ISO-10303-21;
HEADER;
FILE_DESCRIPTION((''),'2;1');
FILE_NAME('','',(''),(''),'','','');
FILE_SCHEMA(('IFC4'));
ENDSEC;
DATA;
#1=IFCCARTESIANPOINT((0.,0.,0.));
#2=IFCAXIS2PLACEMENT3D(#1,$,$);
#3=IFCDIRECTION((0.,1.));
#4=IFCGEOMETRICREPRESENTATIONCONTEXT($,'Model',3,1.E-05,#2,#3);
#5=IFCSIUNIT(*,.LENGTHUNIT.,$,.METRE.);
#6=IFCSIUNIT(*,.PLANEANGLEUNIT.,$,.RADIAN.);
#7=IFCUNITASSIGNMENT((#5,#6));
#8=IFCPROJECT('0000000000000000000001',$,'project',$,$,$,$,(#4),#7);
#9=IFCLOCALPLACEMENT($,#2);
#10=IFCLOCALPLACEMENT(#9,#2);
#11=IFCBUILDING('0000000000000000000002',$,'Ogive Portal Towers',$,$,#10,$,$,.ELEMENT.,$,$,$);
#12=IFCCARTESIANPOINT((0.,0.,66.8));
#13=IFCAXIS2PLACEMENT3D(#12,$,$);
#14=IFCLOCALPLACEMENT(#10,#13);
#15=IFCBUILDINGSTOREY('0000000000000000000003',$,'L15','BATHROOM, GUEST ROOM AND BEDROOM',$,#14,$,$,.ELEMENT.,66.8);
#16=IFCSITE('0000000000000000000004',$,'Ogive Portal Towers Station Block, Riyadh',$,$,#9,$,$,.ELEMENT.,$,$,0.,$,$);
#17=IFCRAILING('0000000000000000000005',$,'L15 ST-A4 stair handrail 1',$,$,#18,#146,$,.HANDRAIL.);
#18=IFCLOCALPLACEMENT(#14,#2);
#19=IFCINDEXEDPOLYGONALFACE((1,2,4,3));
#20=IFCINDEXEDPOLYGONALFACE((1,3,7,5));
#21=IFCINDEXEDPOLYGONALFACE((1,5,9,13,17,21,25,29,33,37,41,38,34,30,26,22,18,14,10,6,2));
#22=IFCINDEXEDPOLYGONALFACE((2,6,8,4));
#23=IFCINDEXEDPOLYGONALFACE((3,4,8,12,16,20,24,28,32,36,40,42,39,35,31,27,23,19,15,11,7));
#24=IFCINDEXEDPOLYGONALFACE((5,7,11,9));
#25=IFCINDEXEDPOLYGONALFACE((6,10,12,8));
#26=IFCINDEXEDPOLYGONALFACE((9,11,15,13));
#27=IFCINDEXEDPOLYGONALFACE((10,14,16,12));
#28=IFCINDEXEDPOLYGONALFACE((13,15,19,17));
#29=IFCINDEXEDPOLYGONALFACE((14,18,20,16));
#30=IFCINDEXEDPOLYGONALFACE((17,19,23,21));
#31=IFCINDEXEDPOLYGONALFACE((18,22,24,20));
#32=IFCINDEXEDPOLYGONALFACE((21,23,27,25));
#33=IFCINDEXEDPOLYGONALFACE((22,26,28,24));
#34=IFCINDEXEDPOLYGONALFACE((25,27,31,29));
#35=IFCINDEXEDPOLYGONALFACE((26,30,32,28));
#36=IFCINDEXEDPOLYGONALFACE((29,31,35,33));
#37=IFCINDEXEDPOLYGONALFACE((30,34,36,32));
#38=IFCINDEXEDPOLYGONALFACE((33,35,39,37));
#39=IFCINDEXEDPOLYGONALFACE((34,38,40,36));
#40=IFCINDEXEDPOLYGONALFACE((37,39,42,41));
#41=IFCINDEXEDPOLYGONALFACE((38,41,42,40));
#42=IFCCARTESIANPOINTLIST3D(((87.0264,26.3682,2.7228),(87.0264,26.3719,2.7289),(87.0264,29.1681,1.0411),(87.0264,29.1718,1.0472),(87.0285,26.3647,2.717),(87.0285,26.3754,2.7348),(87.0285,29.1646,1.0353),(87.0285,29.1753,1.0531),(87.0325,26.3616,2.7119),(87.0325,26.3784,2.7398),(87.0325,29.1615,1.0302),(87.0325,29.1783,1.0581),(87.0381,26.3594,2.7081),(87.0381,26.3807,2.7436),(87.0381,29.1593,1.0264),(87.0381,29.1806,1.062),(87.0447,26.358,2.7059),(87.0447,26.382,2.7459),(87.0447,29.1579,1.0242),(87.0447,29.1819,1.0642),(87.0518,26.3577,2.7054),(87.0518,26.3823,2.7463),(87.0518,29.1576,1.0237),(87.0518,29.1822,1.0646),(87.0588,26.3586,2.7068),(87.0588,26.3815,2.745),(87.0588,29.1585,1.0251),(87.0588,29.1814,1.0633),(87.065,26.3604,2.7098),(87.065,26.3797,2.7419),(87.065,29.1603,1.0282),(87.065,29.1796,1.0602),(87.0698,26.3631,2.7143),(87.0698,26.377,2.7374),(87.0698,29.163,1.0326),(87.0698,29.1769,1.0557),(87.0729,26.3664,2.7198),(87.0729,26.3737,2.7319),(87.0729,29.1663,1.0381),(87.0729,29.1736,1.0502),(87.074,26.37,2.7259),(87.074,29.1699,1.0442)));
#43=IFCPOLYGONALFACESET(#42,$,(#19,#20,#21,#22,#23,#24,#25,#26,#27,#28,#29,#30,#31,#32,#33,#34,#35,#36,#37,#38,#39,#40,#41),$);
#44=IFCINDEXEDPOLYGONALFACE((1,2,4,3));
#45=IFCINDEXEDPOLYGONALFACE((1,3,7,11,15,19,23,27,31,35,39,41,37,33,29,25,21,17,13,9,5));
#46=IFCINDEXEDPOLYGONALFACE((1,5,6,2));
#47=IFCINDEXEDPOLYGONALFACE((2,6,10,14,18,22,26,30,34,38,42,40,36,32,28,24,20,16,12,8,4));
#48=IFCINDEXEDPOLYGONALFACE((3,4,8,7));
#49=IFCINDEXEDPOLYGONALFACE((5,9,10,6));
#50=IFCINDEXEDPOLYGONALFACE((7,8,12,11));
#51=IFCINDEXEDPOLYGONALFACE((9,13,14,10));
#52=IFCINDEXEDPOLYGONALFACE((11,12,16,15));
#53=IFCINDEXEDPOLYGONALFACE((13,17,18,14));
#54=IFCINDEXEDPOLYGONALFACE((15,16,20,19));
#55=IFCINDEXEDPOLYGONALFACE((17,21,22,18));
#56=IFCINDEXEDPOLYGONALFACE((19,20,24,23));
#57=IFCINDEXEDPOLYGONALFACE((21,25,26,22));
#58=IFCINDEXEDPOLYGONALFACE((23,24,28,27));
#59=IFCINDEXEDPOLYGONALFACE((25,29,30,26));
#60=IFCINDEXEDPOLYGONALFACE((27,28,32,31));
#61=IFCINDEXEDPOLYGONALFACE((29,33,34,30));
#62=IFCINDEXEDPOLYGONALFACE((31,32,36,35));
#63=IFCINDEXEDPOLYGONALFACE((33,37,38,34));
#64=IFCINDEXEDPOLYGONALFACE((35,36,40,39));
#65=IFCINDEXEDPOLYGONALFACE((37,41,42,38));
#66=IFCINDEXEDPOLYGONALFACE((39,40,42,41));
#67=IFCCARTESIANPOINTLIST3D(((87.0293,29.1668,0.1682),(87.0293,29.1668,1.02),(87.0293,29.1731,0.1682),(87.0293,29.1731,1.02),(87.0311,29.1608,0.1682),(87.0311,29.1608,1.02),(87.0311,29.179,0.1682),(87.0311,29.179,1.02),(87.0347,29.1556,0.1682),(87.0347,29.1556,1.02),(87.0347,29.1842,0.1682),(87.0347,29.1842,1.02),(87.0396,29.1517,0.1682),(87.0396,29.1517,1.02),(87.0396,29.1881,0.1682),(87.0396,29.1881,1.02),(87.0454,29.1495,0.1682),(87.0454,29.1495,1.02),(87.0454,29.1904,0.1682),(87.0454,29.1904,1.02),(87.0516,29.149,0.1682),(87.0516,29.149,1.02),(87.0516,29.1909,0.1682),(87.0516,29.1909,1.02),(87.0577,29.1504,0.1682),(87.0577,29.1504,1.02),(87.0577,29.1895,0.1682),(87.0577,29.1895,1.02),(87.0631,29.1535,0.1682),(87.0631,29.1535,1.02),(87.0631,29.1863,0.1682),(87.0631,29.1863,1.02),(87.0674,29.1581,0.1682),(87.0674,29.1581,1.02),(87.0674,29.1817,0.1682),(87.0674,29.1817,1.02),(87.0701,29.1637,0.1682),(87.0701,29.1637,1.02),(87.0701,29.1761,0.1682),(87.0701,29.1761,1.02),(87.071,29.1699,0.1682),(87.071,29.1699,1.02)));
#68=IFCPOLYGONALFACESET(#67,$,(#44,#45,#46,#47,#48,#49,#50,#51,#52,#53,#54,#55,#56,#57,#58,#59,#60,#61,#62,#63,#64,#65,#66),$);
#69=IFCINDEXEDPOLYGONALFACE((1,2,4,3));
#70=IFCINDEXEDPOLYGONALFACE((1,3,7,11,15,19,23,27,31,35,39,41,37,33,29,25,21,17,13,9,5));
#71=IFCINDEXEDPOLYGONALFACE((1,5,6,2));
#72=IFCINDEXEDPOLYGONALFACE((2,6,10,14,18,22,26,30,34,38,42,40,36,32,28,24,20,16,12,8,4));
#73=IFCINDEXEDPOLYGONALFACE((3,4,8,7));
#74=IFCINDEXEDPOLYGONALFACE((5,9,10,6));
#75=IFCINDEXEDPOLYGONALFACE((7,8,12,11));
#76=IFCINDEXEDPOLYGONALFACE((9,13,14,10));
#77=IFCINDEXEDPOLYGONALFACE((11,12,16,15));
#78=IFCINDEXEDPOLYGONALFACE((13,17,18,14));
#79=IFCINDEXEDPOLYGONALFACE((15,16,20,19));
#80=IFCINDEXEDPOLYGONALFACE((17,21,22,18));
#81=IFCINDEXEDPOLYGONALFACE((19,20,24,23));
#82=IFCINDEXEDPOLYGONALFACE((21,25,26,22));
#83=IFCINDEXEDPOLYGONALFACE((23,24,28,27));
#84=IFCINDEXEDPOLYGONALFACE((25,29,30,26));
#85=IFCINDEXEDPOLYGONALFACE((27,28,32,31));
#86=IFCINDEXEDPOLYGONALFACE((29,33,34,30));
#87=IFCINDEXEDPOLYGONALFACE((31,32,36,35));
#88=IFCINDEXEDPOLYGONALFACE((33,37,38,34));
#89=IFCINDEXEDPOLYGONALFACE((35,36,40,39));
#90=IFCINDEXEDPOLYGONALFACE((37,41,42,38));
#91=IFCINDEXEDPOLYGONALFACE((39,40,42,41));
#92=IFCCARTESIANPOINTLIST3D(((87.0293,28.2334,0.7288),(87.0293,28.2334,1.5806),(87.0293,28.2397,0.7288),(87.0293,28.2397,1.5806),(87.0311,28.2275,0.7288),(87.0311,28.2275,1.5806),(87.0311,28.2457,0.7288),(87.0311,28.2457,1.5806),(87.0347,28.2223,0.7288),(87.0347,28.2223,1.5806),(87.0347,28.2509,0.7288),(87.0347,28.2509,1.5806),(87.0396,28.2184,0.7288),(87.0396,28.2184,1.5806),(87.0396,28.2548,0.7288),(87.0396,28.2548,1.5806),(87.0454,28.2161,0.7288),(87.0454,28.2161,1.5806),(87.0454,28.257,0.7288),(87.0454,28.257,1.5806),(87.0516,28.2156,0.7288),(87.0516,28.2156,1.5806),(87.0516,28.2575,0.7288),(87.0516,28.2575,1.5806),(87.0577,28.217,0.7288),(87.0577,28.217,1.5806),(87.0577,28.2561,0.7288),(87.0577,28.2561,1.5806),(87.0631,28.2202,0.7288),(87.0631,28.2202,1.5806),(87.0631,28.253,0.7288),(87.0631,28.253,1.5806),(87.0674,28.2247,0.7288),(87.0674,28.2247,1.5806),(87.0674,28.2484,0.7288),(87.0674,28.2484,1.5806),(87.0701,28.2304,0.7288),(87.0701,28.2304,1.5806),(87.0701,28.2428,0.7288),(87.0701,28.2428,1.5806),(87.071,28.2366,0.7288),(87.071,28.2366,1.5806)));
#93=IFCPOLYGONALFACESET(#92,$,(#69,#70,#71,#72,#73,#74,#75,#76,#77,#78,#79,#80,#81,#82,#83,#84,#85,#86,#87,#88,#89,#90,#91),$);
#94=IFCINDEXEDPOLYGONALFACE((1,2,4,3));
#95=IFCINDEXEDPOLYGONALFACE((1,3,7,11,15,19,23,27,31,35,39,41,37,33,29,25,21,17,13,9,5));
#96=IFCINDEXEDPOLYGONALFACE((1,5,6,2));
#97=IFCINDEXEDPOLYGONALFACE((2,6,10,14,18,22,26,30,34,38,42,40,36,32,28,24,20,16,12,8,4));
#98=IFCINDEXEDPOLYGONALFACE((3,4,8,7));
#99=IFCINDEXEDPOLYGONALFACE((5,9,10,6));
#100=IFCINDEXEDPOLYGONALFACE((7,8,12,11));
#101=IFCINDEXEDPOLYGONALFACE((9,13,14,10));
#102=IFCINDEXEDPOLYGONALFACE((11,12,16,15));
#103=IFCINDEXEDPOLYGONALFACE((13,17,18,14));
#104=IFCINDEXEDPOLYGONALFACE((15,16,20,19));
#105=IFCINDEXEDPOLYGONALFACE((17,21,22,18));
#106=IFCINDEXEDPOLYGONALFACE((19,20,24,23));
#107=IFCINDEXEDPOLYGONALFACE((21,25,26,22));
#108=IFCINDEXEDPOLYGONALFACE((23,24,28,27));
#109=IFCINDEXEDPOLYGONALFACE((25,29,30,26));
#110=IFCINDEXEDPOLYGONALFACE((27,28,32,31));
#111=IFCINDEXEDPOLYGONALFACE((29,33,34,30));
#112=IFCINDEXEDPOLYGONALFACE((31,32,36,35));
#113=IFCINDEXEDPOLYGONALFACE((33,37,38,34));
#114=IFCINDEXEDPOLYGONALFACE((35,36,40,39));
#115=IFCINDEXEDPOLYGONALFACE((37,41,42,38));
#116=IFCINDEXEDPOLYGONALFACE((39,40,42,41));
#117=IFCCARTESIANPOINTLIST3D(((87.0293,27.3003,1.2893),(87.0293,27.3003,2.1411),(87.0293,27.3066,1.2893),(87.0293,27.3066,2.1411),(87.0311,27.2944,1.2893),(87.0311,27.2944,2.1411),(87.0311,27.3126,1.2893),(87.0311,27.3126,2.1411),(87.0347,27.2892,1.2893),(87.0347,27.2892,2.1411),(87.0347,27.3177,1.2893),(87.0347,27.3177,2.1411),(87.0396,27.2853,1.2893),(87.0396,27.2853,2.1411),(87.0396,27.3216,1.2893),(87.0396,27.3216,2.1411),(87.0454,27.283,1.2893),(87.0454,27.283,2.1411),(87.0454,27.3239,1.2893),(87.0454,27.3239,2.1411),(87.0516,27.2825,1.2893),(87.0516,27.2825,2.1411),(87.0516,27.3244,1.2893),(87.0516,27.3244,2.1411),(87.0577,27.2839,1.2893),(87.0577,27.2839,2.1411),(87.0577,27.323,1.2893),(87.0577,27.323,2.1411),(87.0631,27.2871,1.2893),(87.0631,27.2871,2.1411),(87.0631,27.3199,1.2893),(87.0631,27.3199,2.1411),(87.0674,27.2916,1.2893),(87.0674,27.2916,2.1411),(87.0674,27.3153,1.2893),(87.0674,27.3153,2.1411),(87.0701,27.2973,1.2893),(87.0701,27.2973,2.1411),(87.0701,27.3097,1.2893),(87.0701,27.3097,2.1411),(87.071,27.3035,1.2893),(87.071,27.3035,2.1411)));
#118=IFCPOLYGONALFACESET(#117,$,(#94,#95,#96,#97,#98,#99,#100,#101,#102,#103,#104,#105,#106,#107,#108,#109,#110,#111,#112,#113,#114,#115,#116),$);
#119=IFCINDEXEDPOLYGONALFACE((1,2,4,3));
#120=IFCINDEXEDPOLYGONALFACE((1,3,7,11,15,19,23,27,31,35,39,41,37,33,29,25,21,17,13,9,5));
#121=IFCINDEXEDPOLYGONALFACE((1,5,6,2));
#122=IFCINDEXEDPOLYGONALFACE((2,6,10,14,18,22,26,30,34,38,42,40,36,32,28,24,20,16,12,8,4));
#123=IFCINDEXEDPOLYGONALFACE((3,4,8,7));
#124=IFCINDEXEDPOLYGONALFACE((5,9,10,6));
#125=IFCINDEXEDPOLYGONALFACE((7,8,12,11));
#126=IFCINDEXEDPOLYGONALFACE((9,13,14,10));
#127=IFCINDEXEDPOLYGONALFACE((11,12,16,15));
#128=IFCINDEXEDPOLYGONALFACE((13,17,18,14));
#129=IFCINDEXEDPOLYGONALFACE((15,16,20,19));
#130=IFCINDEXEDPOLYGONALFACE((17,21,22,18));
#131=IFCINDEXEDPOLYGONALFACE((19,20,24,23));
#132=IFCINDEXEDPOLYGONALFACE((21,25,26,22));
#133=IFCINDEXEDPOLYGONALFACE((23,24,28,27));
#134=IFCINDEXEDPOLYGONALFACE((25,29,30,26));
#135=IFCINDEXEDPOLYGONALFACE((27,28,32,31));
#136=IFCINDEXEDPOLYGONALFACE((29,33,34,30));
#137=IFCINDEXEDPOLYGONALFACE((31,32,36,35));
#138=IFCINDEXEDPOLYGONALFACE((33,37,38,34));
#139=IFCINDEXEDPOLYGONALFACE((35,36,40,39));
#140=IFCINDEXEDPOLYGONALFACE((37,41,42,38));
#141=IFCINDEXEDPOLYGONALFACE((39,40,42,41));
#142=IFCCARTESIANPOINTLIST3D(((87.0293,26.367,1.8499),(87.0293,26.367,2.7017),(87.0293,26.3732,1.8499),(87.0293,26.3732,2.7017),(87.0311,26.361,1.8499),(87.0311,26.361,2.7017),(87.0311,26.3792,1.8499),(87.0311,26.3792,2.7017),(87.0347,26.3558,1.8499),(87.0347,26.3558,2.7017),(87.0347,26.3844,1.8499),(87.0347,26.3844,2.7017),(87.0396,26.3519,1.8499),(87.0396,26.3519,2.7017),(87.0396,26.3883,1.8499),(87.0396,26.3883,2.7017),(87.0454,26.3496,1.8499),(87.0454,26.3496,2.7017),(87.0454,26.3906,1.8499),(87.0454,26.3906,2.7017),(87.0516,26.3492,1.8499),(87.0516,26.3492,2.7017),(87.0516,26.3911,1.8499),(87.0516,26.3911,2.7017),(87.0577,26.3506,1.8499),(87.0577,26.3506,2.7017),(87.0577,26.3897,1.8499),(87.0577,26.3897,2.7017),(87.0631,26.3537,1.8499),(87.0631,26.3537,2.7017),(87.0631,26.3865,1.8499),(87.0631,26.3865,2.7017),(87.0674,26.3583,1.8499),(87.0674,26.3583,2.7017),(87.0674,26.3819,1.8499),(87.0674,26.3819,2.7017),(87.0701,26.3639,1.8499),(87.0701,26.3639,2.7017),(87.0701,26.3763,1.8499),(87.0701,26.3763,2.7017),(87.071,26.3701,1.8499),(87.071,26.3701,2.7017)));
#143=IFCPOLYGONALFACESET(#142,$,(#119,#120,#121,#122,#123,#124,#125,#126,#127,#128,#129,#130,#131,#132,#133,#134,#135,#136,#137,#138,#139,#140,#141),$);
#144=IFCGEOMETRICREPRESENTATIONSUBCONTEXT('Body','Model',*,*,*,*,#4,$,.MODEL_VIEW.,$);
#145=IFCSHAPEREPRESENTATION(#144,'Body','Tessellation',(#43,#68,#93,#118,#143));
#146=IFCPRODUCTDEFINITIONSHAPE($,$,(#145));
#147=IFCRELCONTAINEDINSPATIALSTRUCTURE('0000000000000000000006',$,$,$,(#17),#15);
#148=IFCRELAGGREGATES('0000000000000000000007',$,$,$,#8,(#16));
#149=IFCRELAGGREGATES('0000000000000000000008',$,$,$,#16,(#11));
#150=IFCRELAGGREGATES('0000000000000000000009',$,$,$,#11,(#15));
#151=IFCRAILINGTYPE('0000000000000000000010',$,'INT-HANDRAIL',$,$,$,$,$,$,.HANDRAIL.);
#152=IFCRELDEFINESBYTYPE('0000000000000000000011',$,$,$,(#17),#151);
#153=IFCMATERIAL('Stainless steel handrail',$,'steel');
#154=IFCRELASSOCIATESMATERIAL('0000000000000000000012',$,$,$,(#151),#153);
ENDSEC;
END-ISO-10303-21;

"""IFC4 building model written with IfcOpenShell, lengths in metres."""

from ifc_helpers import new_model, si_unit, direction, frame, origin, origin_2d, place, context, subcontext, project, spatial, circle, extrude, material, type_object, element, save


model = new_model("IFC4")

# Units and contexts
model_context = context("Model", 3, precision=1e-05, world=origin(), true_north=direction((0.0, 1.0)))
body_context = subcontext(model_context, "Body", "Model", "MODEL_VIEW")
ifc_project = project(units=[si_unit("LENGTHUNIT", "METRE"), si_unit("PLANEANGLEUNIT", "RADIAN")], contexts=[model_context])

# Site, building, storey
site_placement = place(None, origin())
site = spatial("IfcSite", under=ifc_project, at=site_placement, Name="Ogive Portal Towers Station Block, Riyadh", CompositionType="ELEMENT", RefElevation=0.0)
building_placement = place(site_placement, origin())
building = spatial("IfcBuilding", under=site, at=building_placement, Name="Ogive Portal Towers", CompositionType="ELEMENT")
storey_placement = place(building_placement, frame((0.0, 0.0, 66.8)))
storey = spatial("IfcBuildingStorey", under=building, at=storey_placement, Name="L15", Description="BATHROOM, GUEST ROOM AND BEDROOM", CompositionType="ELEMENT", Elevation=66.8)

# Railing
ifc_material_1 = material(Name="Stainless steel handrail", Category="steel")
railing_type_1 = type_object("IfcRailingType", Name="INT-HANDRAIL", PredefinedType="HANDRAIL", material=ifc_material_1)
railing_1_placement = place(storey_placement, frame((87.05, 29.1699, 0.1682)))
element("IfcRailing", 1, at=railing_1_placement, inside=storey, type_object=railing_type_1, Name="L15 ST-A4 stair handrail 1", PredefinedType="HANDRAIL", context=body_context, shape_type="SweptSolid", body=[
    extrude(circle(Radius=0.0239, at=origin_2d()), frame((0.0, 0.0, 0.876), z_axis=(0.0, -0.857255, 0.514891), x_axis=(1.0, 0.0, 0.0)), (0.0, 0.0, 1.0), 3.2661),
    extrude(circle(Radius=0.021, at=origin_2d()), origin(), (0.0, 0.0, 1.0), 0.8518),
    extrude(circle(Radius=0.021, at=origin_2d()), frame((0.0, -0.9333, 0.5605)), (0.0, 0.0, 1.0), 0.8518),
    extrude(circle(Radius=0.021, at=origin_2d()), frame((0.0, -1.8665, 1.1211)), (0.0, 0.0, 1.0), 0.8518),
    extrude(circle(Radius=0.021, at=origin_2d()), frame((0.0, -2.7998, 1.6816)), (0.0, 0.0, 1.0), 0.8518),
])

save(model, "model.ifc")
